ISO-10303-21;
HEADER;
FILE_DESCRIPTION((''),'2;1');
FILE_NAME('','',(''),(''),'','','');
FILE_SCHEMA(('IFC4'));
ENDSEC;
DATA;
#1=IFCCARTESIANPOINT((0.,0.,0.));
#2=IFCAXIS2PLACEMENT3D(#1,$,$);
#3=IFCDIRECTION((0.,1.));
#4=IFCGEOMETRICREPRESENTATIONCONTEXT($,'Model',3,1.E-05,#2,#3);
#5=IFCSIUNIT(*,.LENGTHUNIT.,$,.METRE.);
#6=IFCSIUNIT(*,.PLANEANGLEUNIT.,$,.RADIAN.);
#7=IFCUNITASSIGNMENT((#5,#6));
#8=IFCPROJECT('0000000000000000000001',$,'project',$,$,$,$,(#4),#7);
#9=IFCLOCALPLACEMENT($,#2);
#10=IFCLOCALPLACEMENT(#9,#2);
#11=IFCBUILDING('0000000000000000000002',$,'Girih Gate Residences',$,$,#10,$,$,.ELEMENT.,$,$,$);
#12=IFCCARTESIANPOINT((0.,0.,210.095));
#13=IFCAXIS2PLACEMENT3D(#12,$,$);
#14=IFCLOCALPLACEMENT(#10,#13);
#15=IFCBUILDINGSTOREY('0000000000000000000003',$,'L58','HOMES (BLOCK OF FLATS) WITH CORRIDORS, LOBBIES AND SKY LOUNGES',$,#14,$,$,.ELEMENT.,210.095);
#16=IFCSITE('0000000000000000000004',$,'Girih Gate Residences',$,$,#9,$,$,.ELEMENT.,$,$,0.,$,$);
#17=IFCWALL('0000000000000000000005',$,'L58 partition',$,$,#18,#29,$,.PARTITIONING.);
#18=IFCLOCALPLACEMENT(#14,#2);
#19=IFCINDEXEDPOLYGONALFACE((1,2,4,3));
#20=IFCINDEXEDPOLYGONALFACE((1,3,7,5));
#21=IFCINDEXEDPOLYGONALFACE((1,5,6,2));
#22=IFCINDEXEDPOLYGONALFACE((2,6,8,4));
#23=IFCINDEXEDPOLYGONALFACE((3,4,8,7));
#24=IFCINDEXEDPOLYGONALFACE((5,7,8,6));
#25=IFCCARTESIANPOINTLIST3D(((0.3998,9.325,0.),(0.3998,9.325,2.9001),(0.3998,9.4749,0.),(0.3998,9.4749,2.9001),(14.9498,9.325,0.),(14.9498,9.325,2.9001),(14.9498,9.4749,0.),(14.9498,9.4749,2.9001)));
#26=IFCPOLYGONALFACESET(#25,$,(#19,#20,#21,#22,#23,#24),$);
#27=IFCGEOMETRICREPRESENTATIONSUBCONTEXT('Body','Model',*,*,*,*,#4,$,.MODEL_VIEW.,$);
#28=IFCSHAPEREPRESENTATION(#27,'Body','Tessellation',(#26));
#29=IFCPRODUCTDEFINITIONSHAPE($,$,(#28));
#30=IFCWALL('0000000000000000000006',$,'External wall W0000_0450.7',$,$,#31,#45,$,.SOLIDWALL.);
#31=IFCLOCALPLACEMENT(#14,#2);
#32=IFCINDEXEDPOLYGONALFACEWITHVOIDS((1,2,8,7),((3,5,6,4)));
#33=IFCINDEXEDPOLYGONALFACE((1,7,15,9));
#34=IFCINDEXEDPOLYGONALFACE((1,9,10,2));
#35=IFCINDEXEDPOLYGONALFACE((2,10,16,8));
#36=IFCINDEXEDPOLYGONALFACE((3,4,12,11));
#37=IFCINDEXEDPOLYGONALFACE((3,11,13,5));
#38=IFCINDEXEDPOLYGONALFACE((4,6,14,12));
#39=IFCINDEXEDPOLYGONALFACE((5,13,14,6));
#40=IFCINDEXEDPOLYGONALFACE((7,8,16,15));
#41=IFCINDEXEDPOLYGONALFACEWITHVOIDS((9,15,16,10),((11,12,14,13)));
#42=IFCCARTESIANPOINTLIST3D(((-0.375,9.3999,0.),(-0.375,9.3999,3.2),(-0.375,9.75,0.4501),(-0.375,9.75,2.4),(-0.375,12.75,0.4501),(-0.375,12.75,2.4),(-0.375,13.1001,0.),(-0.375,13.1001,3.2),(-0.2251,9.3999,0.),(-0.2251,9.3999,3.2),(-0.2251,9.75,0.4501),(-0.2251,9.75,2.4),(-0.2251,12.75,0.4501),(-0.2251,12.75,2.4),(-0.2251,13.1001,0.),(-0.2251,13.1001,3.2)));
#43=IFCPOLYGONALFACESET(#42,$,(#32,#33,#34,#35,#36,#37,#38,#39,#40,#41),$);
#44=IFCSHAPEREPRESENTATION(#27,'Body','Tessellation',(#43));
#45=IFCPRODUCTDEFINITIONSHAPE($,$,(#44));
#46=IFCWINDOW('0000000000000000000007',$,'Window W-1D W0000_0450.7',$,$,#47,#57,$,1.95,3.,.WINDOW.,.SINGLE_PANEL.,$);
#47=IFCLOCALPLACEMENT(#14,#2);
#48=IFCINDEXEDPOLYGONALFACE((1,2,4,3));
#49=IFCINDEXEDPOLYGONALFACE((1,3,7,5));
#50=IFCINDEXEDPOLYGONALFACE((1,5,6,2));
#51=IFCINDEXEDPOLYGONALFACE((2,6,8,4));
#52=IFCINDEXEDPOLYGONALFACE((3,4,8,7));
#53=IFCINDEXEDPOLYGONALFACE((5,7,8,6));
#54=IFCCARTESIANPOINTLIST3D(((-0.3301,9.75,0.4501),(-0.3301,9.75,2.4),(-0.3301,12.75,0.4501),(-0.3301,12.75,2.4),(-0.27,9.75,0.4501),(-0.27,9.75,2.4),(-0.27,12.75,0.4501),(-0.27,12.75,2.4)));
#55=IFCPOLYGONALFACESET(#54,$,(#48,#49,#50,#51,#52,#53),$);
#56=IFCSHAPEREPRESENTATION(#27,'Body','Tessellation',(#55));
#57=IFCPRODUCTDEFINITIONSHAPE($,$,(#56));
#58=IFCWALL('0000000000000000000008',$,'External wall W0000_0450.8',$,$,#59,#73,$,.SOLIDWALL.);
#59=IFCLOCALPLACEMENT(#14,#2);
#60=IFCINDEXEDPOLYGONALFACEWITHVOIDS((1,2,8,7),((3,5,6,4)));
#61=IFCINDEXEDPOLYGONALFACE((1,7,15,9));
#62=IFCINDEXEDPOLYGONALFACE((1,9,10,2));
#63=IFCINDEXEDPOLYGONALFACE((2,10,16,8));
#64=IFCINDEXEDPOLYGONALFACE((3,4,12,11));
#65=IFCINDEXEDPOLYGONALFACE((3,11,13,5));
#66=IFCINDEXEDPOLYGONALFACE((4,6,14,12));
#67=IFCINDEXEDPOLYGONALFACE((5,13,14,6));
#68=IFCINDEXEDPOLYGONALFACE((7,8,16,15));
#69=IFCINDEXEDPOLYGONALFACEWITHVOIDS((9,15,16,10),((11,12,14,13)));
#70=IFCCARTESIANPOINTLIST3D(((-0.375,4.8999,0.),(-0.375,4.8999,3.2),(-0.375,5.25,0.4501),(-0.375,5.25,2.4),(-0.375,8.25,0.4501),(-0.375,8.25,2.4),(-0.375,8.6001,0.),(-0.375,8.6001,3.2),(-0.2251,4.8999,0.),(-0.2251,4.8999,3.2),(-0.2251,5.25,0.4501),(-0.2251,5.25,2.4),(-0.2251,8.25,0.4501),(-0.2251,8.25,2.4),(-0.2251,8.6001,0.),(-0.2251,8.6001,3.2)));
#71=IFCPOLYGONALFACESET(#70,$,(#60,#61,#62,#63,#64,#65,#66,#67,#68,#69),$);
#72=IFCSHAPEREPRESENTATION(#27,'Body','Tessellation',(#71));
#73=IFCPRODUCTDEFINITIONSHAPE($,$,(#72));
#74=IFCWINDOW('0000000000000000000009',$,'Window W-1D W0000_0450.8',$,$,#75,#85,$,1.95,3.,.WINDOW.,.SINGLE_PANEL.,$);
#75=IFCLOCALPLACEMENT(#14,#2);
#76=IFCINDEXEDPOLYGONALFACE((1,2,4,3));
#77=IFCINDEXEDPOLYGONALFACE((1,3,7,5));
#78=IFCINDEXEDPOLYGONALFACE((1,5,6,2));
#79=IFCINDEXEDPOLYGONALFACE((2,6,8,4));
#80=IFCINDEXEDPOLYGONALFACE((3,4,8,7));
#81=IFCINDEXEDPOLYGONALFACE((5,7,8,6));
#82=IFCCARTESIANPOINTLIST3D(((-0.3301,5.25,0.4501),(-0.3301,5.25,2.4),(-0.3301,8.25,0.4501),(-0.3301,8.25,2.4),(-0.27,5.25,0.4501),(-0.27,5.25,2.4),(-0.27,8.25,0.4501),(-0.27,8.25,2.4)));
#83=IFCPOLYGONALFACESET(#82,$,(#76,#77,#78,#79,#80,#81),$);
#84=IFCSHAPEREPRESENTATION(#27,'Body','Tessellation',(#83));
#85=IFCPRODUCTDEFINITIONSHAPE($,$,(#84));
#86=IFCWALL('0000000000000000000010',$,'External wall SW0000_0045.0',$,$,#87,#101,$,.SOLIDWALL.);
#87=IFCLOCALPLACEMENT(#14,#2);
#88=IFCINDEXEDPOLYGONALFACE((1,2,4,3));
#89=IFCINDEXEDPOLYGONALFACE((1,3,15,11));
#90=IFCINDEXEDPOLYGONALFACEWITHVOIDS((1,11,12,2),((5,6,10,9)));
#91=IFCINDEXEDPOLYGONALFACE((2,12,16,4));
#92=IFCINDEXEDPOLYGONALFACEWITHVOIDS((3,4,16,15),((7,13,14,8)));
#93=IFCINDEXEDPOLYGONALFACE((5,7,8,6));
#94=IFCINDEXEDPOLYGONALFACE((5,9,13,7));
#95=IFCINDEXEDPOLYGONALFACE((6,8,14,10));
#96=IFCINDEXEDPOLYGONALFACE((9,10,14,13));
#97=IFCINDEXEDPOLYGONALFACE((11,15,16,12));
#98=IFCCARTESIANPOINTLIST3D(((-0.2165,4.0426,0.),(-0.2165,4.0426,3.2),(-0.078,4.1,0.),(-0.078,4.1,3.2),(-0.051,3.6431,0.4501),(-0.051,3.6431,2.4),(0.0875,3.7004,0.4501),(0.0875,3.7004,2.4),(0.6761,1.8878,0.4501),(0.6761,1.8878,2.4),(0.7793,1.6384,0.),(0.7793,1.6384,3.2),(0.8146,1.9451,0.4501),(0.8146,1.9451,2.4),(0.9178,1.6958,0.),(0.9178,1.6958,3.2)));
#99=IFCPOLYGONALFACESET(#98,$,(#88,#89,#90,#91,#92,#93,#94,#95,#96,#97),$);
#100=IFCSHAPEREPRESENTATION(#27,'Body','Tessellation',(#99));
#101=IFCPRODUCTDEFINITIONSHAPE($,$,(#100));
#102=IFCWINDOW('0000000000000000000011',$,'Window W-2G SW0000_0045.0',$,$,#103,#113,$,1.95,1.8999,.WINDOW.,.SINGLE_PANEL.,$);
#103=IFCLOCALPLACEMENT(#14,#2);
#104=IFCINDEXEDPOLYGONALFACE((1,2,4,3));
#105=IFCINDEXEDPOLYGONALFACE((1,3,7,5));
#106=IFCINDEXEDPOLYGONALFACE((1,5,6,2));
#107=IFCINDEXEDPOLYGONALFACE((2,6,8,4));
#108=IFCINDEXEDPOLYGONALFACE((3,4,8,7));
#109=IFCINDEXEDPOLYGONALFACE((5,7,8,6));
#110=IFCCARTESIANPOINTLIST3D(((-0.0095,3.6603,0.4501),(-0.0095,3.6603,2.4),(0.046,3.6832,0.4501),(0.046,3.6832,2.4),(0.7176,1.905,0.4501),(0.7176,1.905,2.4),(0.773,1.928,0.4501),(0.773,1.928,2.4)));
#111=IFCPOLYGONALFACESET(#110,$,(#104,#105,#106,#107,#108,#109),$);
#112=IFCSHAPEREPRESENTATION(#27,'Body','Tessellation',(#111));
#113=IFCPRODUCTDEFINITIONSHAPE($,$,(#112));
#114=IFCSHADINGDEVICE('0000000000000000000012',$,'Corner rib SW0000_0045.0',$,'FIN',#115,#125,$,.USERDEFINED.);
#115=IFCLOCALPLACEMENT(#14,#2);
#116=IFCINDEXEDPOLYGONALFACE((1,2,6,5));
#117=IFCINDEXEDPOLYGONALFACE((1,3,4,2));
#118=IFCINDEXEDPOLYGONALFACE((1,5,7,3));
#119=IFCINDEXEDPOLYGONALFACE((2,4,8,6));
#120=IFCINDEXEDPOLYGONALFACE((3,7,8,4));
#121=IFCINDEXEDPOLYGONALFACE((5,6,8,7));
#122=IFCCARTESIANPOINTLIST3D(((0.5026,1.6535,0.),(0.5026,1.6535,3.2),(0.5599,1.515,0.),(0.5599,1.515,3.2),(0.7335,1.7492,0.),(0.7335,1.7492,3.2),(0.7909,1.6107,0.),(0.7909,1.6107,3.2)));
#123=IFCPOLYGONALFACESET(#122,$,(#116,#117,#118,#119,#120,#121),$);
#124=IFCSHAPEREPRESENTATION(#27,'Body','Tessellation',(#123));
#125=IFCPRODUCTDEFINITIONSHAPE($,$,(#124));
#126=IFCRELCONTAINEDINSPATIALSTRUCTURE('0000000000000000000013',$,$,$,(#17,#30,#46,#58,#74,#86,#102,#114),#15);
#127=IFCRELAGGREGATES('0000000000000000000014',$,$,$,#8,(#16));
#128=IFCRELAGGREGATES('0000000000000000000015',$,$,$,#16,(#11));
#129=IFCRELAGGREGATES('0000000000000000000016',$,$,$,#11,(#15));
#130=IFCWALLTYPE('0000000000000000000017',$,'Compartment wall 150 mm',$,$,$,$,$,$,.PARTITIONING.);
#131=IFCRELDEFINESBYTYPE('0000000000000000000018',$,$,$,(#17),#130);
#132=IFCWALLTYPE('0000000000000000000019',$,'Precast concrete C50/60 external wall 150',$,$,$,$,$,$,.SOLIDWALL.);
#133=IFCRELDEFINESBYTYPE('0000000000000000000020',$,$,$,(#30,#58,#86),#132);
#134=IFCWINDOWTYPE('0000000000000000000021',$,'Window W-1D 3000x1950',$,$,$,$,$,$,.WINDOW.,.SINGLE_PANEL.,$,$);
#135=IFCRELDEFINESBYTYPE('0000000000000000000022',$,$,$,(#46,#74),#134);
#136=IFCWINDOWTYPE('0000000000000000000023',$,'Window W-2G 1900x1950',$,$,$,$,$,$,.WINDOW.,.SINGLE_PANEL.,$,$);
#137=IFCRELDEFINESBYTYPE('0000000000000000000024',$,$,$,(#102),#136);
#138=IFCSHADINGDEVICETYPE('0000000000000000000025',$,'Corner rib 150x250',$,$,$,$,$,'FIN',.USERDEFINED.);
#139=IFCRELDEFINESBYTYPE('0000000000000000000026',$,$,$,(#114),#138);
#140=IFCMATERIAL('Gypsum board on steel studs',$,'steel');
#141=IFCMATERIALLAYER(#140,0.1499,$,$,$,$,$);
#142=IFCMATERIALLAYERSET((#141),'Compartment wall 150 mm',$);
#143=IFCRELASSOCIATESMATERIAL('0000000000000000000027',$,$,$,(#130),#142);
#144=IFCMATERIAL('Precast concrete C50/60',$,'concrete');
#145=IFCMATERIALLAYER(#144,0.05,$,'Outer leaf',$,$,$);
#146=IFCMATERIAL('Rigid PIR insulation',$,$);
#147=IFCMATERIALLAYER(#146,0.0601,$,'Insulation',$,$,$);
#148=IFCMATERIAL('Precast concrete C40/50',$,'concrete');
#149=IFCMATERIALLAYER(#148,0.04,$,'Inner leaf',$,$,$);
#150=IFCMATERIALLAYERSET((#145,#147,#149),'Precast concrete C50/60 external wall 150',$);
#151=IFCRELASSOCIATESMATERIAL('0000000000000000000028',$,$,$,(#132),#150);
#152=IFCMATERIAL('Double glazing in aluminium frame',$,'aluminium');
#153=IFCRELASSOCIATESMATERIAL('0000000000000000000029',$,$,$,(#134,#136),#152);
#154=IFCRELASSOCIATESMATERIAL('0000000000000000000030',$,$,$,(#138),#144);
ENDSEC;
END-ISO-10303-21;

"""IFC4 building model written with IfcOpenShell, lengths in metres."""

from ifc_helpers import new_model, si_unit, direction, frame, frame_2d, origin, origin_2d, place, context, subcontext, project, spatial, rectangle, extrude, material, layer, layer_set, type_object, element, fill, save


model = new_model("IFC4")

# Units and contexts
model_context = context("Model", 3, precision=1e-05, world=origin(), true_north=direction((0.0, 1.0)))
body_context = subcontext(model_context, "Body", "Model", "MODEL_VIEW")
ifc_project = project(units=[si_unit("LENGTHUNIT", "METRE"), si_unit("PLANEANGLEUNIT", "RADIAN")], contexts=[model_context])

# Site, building, storey
site_placement = place(None, origin())
site = spatial("IfcSite", under=ifc_project, at=site_placement, Name="Girih Gate Residences", CompositionType="ELEMENT", RefElevation=0.0)
building_placement = place(site_placement, origin())
building = spatial("IfcBuilding", under=site, at=building_placement, Name="Girih Gate Residences", CompositionType="ELEMENT")
storey_placement = place(building_placement, frame((0.0, 0.0, 210.095)))
storey = spatial("IfcBuildingStorey", under=building, at=storey_placement, Name="L58", Description="HOMES (BLOCK OF FLATS) WITH CORRIDORS, LOBBIES AND SKY LOUNGES", CompositionType="ELEMENT", Elevation=210.095)

# Wall
ifc_material_1 = material(Name="Gypsum board on steel studs", Category="steel")
ifc_layer_1 = layer(ifc_material_1, 0.1499)
ifc_layer_set_1 = layer_set([ifc_layer_1], Name="Compartment wall 150 mm")
wall_type_1 = type_object("IfcWallType", Name="Compartment wall 150 mm", PredefinedType="PARTITIONING", material=ifc_layer_set_1)
wall_1_placement = place(storey_placement, frame((0.3999, 9.3999, 0.0), z_axis=(0.0, 0.0, 1.0), x_axis=(1.0, 0.0, 0.0)))
element("IfcWall", 1, at=wall_1_placement, inside=storey, type_object=wall_type_1, Name="L58 partition", PredefinedType="PARTITIONING", context=body_context, shape_type="SweptSolid", body=[
    extrude(rectangle(XDim=14.55, YDim=0.1499, at=frame_2d((7.2749, 0.0))), origin(), (0.0, 0.0, 1.0), 2.9001),
])

# Walls, openings, windows
ifc_material_2 = material(Name="Precast concrete C50/60", Category="concrete")
ifc_layer_2 = layer(ifc_material_2, 0.05, Name="Outer leaf")
ifc_material_3 = material(Name="Rigid PIR insulation")
ifc_layer_3 = layer(ifc_material_3, 0.0601, Name="Insulation")
ifc_material_4 = material(Name="Precast concrete C40/50", Category="concrete")
ifc_layer_4 = layer(ifc_material_4, 0.04, Name="Inner leaf")
ifc_layer_set_2 = layer_set([ifc_layer_2, ifc_layer_3, ifc_layer_4], Name="Precast concrete C50/60 external wall 150")
wall_type_2 = type_object("IfcWallType", Name="Precast concrete C50/60 external wall 150", PredefinedType="SOLIDWALL", material=ifc_layer_set_2)
wall_2_placement = place(storey_placement, frame((-0.3, 9.3999, 0.0), z_axis=(0.0, 0.0, 1.0), x_axis=(0.0, 1.0, 0.0)))
wall_2 = element("IfcWall", 2, at=wall_2_placement, inside=storey, type_object=wall_type_2, Name="External wall W0000_0450.7", PredefinedType="SOLIDWALL", context=body_context, shape_type="SweptSolid", body=[
    extrude(rectangle(XDim=3.7002, YDim=0.1499, at=frame_2d((1.8501, 0.0))), origin(), (0.0, 0.0, 1.0), 3.2),
])
opening_1_placement = place(wall_2_placement, frame((0.3501, 0.0, 0.45)))
opening_1 = element("IfcOpeningElement", 3, at=opening_1_placement, cuts=wall_2, PredefinedType="OPENING", context=body_context, shape_type="SweptSolid", body=[
    extrude(rectangle(XDim=3.0, YDim=1.95, at=frame_2d((1.5, 0.9751))), frame((0.0, 0.085, 0.0), z_axis=(0.0, -1.0, 0.0), x_axis=(1.0, 0.0, 0.0)), (0.0, 0.0, 1.0), 0.1699),
])
ifc_material_5 = material(Name="Double glazing in aluminium frame", Category="aluminium")
window_type_1 = type_object("IfcWindowType", Name="Window W-1D 3000x1950", PartitioningType="SINGLE_PANEL", PredefinedType="WINDOW", material=ifc_material_5)
window_1_placement = place(opening_1_placement, origin())
window_1 = element("IfcWindow", 4, at=window_1_placement, inside=storey, type_object=window_type_1, Name="Window W-1D W0000_0450.7", OverallHeight=1.95, OverallWidth=3.0, PartitioningType="SINGLE_PANEL", PredefinedType="WINDOW", context=body_context, shape_type="SweptSolid", body=[
    extrude(rectangle(XDim=3.0, YDim=1.95, at=frame_2d((1.5, 0.9751))), frame((0.0, 0.03, 0.0), z_axis=(0.0, -1.0, 0.0), x_axis=(1.0, 0.0, 0.0)), (0.0, 0.0, 1.0), 0.0601),
])
fill(opening_1, window_1)
wall_3_placement = place(storey_placement, frame((-0.3, 4.8999, 0.0), z_axis=(0.0, 0.0, 1.0), x_axis=(0.0, 1.0, 0.0)))
wall_3 = element("IfcWall", 5, at=wall_3_placement, inside=storey, type_object=wall_type_2, Name="External wall W0000_0450.8", PredefinedType="SOLIDWALL", context=body_context, shape_type="SweptSolid", body=[
    extrude(rectangle(XDim=3.7002, YDim=0.1499, at=frame_2d((1.8501, 0.0))), origin(), (0.0, 0.0, 1.0), 3.2),
])
opening_2_placement = place(wall_3_placement, frame((0.3501, 0.0, 0.45)))
opening_2 = element("IfcOpeningElement", 6, at=opening_2_placement, cuts=wall_3, PredefinedType="OPENING", context=body_context, shape_type="SweptSolid", body=[
    extrude(rectangle(XDim=3.0, YDim=1.95, at=frame_2d((1.5, 0.9751))), frame((0.0, 0.085, 0.0), z_axis=(0.0, -1.0, 0.0), x_axis=(1.0, 0.0, 0.0)), (0.0, 0.0, 1.0), 0.1699),
])
window_2_placement = place(opening_2_placement, origin())
window_2 = element("IfcWindow", 7, at=window_2_placement, inside=storey, type_object=window_type_1, Name="Window W-1D W0000_0450.8", OverallHeight=1.95, OverallWidth=3.0, PartitioningType="SINGLE_PANEL", PredefinedType="WINDOW", context=body_context, shape_type="SweptSolid", body=[
    extrude(rectangle(XDim=3.0, YDim=1.95, at=frame_2d((1.5, 0.9751))), frame((0.0, 0.03, 0.0), z_axis=(0.0, -1.0, 0.0), x_axis=(1.0, 0.0, 0.0)), (0.0, 0.0, 1.0), 0.0601),
])
fill(opening_2, window_2)
wall_4_placement = place(storey_placement, frame((0.8486, 1.667, 0.0), z_axis=(0.0, 0.0, 1.0), x_axis=(-0.382669, 0.923885, 0.0)))
wall_4 = element("IfcWall", 8, at=wall_4_placement, inside=storey, type_object=wall_type_2, Name="External wall SW0000_0045.0", PredefinedType="SOLIDWALL", context=body_context, shape_type="SweptSolid", body=[
    extrude(rectangle(XDim=2.6023, YDim=0.1499, at=frame_2d((1.3013, 0.0))), origin(), (0.0, 0.0, 1.0), 3.2),
])
opening_3_placement = place(wall_4_placement, frame((0.27, 0.0, 0.45)))
opening_3 = element("IfcOpeningElement", 9, at=opening_3_placement, cuts=wall_4, PredefinedType="OPENING", context=body_context, shape_type="SweptSolid", body=[
    extrude(rectangle(XDim=1.8999, YDim=1.95, at=frame_2d((0.95, 0.9751))), frame((0.0, 0.085, 0.0), z_axis=(0.0, -1.0, 0.0), x_axis=(1.0, 0.0, 0.0)), (0.0, 0.0, 1.0), 0.1699),
])
window_type_2 = type_object("IfcWindowType", Name="Window W-2G 1900x1950", PartitioningType="SINGLE_PANEL", PredefinedType="WINDOW", material=ifc_material_5)
window_3_placement = place(opening_3_placement, origin())
window_3 = element("IfcWindow", 10, at=window_3_placement, inside=storey, type_object=window_type_2, Name="Window W-2G SW0000_0045.0", OverallHeight=1.95, OverallWidth=1.8999, PartitioningType="SINGLE_PANEL", PredefinedType="WINDOW", context=body_context, shape_type="SweptSolid", body=[
    extrude(rectangle(XDim=1.8999, YDim=1.95, at=frame_2d((0.95, 0.9751))), frame((0.0, 0.03, 0.0), z_axis=(0.0, -1.0, 0.0), x_axis=(1.0, 0.0, 0.0)), (0.0, 0.0, 1.0), 0.0601),
])
fill(opening_3, window_3)

# Shading device
shading_device_type = type_object("IfcShadingDeviceType", Name="Corner rib 150x250", ElementType="FIN", PredefinedType="USERDEFINED", material=ifc_material_2)
shading_device_placement = place(storey_placement, frame((0.6467, 1.6321, 0.0), z_axis=(0.0, 0.0, 1.0), x_axis=(0.382683, -0.92388, 0.0)))
element("IfcShadingDevice", 11, at=shading_device_placement, inside=storey, type_object=shading_device_type, Name="Corner rib SW0000_0045.0", ObjectType="FIN", PredefinedType="USERDEFINED", context=body_context, shape_type="SweptSolid", body=[
    extrude(rectangle(XDim=0.1499, YDim=0.25, at=origin_2d()), origin(), (0.0, 0.0, 1.0), 3.2),
])

save(model, "model.ifc")
